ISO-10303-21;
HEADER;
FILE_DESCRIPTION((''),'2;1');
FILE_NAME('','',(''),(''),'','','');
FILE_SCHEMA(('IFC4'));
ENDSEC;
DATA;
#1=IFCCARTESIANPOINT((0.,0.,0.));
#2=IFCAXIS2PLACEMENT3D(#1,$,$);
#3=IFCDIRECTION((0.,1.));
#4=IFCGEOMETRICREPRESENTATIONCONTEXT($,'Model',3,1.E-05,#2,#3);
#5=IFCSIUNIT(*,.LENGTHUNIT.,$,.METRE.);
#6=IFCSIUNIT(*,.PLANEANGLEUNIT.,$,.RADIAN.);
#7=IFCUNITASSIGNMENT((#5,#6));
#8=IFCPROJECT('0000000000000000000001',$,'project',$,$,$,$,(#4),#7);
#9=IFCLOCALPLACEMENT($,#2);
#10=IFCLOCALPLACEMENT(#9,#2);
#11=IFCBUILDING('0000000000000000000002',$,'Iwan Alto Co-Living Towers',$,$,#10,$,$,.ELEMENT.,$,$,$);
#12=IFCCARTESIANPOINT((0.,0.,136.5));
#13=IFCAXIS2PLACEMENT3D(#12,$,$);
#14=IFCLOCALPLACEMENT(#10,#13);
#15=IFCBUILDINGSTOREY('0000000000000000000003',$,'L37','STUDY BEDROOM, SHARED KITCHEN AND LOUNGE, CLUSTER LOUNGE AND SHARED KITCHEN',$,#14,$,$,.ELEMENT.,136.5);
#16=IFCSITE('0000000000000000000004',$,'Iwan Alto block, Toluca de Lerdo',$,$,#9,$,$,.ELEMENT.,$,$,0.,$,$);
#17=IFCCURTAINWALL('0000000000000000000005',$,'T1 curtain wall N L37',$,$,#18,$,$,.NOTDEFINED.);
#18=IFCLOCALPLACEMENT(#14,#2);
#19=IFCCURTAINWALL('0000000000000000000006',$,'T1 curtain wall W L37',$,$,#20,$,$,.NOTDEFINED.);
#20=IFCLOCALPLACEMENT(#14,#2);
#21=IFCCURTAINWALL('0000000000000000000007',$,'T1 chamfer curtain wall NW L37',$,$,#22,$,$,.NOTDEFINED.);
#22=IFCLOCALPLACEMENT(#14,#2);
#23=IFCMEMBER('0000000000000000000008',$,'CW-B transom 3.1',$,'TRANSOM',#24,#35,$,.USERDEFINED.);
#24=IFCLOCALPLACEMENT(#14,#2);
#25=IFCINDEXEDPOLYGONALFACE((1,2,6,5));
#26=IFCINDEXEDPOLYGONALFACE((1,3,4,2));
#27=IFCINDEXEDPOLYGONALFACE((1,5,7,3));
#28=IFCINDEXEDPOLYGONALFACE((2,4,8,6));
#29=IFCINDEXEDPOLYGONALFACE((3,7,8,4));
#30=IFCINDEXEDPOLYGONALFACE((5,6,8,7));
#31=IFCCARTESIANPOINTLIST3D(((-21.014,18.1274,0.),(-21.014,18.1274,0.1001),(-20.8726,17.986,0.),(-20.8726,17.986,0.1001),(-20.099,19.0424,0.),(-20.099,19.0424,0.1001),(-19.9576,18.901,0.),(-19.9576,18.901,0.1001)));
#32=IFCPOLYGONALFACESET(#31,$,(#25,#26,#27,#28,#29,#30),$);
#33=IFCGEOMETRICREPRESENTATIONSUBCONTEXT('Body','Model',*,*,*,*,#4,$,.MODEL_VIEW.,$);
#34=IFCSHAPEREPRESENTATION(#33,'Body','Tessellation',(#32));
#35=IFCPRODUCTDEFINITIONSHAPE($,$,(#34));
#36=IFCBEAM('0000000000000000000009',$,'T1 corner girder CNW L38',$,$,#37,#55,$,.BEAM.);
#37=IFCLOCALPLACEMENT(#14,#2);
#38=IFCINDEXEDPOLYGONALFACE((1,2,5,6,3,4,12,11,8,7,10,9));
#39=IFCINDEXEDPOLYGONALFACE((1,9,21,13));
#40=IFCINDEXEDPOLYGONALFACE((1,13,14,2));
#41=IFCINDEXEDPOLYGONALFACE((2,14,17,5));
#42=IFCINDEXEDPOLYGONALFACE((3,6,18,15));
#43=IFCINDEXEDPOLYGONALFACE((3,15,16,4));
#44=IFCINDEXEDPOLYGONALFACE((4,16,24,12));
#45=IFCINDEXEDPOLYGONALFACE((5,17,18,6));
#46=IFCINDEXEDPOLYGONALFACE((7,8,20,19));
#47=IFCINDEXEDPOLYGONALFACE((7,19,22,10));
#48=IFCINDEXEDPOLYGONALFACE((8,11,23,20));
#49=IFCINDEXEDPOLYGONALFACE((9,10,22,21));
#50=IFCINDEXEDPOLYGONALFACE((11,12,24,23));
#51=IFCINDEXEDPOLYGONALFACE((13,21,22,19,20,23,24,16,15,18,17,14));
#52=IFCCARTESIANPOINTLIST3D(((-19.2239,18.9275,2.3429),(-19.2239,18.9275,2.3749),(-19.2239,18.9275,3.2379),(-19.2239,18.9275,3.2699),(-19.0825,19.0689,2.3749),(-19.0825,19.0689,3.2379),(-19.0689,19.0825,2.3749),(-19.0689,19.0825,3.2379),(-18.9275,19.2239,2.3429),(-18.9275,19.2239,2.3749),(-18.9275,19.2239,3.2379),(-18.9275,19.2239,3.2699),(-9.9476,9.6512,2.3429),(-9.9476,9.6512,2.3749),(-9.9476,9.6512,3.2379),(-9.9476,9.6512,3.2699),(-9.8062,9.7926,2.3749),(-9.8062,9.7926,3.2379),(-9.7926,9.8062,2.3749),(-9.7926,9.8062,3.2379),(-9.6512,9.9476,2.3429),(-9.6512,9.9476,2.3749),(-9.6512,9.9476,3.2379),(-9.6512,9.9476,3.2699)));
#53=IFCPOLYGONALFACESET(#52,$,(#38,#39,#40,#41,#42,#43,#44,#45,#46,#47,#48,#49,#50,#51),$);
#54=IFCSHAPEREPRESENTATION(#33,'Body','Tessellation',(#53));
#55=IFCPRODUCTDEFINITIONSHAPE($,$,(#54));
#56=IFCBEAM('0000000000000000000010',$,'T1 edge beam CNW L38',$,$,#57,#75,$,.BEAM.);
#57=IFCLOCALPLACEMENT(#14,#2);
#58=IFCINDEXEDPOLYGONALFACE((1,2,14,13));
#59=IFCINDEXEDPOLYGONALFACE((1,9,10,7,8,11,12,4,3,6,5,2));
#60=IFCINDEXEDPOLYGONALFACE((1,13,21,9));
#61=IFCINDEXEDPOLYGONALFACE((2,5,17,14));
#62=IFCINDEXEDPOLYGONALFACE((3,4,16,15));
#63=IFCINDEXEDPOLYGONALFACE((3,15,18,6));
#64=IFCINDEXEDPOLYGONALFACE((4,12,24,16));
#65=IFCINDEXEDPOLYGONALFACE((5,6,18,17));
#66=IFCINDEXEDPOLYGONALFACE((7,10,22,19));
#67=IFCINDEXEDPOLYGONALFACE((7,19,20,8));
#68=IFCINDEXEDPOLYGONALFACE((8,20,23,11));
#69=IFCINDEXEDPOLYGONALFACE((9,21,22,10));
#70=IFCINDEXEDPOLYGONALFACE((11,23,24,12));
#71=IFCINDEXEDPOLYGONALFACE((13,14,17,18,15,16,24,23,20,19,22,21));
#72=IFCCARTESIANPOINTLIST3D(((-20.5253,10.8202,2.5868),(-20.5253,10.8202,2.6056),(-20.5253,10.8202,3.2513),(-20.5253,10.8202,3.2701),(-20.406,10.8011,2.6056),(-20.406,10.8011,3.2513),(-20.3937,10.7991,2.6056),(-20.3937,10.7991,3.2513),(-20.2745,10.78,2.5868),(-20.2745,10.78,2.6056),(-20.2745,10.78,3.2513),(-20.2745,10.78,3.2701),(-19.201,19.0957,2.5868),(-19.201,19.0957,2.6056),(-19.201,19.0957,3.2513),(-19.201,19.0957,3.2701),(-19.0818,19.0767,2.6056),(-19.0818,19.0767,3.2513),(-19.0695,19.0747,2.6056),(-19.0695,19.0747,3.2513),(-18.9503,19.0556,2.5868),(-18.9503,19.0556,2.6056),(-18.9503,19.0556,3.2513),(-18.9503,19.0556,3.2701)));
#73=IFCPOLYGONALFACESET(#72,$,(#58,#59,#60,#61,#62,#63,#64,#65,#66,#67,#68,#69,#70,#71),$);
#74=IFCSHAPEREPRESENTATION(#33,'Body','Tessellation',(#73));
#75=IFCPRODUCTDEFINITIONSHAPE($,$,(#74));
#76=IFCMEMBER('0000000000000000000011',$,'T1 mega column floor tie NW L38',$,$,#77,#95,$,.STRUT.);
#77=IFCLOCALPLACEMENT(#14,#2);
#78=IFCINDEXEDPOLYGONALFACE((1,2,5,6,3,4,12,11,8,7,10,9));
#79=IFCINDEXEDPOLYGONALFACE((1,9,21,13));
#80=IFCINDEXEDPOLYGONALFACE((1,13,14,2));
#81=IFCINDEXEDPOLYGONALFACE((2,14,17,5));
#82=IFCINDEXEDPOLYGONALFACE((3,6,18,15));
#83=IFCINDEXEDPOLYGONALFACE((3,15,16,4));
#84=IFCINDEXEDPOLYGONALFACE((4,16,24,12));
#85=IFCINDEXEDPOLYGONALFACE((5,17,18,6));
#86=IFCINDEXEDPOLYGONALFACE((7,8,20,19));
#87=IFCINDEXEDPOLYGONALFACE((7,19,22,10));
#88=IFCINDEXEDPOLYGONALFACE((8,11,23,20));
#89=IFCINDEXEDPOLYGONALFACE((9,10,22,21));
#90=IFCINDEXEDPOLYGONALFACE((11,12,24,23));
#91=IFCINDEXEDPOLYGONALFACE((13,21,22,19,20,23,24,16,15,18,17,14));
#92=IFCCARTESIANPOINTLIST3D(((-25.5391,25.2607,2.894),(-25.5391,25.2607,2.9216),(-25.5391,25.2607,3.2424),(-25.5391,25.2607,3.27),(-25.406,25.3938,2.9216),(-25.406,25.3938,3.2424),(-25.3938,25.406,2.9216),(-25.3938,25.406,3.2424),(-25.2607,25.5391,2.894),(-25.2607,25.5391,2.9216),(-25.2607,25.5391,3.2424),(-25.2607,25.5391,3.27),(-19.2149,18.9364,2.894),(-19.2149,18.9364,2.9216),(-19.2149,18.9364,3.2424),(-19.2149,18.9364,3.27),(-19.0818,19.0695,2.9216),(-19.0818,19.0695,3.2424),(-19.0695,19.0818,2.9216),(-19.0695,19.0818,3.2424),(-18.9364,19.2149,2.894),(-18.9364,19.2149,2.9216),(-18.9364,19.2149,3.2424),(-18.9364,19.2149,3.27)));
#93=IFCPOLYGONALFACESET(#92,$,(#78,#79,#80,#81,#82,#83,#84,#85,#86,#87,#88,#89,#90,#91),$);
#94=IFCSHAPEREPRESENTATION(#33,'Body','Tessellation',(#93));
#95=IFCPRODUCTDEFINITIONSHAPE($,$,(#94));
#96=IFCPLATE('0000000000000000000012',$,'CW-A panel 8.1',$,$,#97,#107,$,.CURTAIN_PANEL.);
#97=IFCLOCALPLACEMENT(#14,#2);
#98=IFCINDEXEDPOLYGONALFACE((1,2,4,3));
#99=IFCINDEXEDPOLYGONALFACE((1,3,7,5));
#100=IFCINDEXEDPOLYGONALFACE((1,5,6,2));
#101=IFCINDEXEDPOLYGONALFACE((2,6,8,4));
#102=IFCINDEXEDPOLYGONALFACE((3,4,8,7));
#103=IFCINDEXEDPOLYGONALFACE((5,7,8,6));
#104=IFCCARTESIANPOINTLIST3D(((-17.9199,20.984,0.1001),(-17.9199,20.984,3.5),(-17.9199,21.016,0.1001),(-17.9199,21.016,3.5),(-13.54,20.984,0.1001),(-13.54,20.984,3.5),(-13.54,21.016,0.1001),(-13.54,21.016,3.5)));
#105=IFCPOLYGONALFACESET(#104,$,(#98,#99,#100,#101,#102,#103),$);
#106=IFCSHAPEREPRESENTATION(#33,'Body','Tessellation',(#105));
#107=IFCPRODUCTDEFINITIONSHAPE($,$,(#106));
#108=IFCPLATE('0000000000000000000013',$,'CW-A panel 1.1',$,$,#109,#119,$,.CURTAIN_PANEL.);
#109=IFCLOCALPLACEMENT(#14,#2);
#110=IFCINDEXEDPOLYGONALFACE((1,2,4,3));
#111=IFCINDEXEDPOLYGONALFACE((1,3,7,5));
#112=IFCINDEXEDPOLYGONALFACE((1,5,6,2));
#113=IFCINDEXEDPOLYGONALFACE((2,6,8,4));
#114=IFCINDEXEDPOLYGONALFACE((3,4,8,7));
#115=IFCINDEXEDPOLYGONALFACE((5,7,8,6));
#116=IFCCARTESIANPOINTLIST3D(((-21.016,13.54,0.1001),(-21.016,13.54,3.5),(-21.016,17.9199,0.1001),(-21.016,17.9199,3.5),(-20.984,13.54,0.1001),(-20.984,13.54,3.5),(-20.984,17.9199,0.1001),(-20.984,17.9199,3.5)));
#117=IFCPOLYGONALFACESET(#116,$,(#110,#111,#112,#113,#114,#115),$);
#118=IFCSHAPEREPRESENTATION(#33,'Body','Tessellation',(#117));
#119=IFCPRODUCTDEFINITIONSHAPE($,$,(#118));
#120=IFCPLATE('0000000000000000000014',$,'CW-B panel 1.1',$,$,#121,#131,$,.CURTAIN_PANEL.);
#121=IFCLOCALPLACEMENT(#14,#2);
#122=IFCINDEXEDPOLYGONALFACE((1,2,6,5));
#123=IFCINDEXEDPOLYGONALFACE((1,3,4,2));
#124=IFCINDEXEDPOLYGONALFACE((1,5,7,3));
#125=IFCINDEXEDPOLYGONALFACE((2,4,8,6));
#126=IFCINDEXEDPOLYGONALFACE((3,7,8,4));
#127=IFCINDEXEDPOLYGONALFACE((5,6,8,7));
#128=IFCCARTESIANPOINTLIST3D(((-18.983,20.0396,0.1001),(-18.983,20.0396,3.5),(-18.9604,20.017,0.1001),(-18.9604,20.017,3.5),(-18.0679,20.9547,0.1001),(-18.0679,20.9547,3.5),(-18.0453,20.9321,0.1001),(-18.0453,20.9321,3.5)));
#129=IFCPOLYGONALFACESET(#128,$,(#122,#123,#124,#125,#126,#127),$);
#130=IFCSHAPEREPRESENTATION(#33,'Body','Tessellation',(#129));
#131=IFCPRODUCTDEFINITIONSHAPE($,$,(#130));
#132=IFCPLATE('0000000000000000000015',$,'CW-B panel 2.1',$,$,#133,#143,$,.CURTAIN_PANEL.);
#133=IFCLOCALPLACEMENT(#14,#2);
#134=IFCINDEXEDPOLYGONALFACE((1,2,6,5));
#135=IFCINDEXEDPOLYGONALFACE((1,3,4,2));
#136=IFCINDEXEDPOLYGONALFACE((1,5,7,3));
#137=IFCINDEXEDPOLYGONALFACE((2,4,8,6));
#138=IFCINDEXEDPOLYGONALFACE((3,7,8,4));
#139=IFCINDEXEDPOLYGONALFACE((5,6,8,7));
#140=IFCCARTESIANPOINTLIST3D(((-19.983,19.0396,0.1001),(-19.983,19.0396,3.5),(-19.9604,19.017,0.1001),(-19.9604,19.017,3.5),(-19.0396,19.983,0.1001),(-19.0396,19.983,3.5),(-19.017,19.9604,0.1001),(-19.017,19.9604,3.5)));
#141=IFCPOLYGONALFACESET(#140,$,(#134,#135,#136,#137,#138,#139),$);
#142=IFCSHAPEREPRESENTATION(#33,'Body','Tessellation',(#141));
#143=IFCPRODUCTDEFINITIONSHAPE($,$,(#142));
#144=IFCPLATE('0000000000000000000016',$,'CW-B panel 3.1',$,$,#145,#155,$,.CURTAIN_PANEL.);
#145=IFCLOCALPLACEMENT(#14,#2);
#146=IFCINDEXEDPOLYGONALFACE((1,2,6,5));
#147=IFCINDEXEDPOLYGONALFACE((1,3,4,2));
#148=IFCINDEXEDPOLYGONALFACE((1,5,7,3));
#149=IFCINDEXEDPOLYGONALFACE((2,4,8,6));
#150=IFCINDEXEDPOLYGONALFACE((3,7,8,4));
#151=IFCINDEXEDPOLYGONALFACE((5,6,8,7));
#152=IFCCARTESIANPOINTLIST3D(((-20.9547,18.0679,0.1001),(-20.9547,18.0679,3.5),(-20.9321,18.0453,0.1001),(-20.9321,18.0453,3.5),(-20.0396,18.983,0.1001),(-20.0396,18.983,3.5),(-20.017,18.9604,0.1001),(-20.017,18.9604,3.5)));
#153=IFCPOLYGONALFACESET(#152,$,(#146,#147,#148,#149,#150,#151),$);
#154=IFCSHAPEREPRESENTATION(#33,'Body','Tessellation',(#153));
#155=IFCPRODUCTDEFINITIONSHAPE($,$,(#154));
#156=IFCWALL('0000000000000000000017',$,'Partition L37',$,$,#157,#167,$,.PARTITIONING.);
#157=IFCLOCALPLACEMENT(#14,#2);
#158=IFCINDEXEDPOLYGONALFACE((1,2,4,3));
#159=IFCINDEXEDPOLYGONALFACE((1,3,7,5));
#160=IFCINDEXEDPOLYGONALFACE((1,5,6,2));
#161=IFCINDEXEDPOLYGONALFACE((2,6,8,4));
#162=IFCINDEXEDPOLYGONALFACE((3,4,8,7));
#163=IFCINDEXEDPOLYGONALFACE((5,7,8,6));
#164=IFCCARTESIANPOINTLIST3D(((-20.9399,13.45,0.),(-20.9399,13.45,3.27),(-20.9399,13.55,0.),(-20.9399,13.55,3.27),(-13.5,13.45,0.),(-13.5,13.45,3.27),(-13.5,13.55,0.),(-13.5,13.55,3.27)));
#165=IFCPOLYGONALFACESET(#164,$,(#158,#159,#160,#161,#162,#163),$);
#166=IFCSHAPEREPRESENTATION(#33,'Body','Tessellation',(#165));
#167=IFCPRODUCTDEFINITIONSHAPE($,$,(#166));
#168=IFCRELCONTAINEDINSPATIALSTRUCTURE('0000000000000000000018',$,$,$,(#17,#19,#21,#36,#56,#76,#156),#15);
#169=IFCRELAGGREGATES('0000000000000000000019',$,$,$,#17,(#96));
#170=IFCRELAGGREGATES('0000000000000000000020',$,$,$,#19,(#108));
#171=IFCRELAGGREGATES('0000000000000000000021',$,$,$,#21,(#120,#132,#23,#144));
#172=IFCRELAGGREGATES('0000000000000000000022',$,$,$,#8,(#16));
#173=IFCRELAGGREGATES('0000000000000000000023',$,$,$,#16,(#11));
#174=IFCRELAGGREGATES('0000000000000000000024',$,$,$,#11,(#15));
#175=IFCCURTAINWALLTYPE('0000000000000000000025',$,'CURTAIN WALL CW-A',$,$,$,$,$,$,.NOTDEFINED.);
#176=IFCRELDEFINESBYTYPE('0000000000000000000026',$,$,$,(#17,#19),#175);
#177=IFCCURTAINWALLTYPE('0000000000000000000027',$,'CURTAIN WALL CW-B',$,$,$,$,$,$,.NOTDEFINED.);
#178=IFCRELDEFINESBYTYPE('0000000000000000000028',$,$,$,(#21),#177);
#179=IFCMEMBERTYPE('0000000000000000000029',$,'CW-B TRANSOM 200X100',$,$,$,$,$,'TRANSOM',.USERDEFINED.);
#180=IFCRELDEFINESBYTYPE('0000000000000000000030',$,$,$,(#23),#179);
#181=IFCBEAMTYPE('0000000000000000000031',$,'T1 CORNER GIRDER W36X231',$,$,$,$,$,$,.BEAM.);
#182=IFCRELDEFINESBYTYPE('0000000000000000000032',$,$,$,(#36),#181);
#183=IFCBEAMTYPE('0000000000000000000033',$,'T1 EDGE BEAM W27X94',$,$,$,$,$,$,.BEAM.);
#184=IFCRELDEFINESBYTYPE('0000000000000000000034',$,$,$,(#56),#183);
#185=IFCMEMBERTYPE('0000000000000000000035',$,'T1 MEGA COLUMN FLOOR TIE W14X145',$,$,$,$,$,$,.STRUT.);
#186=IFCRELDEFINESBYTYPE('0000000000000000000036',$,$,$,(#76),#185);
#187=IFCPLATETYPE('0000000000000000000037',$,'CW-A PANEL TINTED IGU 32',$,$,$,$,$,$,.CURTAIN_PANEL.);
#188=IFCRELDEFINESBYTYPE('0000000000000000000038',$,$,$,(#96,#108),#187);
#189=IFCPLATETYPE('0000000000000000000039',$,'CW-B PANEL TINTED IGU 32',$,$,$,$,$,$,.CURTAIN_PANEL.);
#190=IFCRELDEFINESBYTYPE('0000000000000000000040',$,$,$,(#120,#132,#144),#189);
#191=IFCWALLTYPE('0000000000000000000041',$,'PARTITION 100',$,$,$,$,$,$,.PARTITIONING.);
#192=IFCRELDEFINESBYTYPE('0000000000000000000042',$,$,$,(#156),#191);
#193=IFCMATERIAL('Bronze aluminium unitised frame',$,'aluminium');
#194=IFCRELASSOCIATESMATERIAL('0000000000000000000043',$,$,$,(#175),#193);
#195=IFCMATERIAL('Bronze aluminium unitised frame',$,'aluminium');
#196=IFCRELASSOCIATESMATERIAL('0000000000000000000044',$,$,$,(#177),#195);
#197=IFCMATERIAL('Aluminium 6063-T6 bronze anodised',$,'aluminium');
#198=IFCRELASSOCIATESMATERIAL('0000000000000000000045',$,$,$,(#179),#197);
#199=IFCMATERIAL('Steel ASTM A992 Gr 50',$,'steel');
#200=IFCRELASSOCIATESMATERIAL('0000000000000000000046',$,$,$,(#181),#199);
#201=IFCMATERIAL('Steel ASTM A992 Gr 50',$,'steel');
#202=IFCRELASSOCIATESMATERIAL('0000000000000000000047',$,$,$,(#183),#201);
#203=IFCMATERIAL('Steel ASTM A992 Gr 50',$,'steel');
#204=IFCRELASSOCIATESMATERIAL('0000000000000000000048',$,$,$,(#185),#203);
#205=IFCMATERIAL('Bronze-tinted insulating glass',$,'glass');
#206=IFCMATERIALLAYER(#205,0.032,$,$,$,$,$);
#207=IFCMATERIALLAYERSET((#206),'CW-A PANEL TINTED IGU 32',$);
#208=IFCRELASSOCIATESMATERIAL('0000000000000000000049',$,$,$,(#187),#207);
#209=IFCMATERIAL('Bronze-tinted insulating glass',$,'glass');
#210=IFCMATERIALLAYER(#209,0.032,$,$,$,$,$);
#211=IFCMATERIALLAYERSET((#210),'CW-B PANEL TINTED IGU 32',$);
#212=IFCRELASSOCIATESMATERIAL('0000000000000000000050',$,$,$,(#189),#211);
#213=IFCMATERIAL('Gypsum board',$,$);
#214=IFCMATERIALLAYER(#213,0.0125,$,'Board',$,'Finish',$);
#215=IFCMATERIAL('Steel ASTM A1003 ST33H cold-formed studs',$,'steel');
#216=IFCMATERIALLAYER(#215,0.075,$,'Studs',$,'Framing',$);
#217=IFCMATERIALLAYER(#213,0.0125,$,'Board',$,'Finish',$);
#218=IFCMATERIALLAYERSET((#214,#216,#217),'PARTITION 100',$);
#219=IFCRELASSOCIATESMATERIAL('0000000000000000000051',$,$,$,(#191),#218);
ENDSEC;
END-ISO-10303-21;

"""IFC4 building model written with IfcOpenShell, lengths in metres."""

from ifc_helpers import new_model, si_unit, direction, frame, frame_2d, origin, origin_2d, place, context, subcontext, project, spatial, rectangle, i_section, extrude, material, layer, layer_set, material_profile, profile_set, type_object, element, aggregate, save


model = new_model("IFC4")

# Units and contexts
model_context = context("Model", 3, precision=1e-05, world=origin(), true_north=direction((0.0, 1.0)))
body_context = subcontext(model_context, "Body", "Model", "MODEL_VIEW")
ifc_project = project(units=[si_unit("LENGTHUNIT", "METRE"), si_unit("PLANEANGLEUNIT", "RADIAN")], contexts=[model_context])

# Site, building, storey
site_placement = place(None, origin())
site = spatial("IfcSite", under=ifc_project, at=site_placement, Name="Iwan Alto block, Toluca de Lerdo", CompositionType="ELEMENT", RefElevation=0.0)
building_placement = place(site_placement, origin())
building = spatial("IfcBuilding", under=site, at=building_placement, Name="Iwan Alto Co-Living Towers", CompositionType="ELEMENT")
storey_placement = place(building_placement, frame((0.0, 0.0, 136.5)))
storey = spatial("IfcBuildingStorey", under=building, at=storey_placement, Name="L37", Description="STUDY BEDROOM, SHARED KITCHEN AND LOUNGE, CLUSTER LOUNGE AND SHARED KITCHEN", CompositionType="ELEMENT", Elevation=136.5)

# Curtain walls
ifc_material_1 = material(Name="Bronze aluminium unitised frame", Category="aluminium")
curtain_wall_type_1 = type_object("IfcCurtainWallType", Name="CURTAIN WALL CW-A", PredefinedType="NOTDEFINED", material=ifc_material_1)
curtain_wall_1_placement = place(storey_placement, origin())
curtain_wall_1 = element("IfcCurtainWall", 1, at=curtain_wall_1_placement, inside=storey, type_object=curtain_wall_type_1, Name="T1 curtain wall N L37", PredefinedType="NOTDEFINED")
curtain_wall_2_placement = place(storey_placement, origin())
curtain_wall_2 = element("IfcCurtainWall", 2, at=curtain_wall_2_placement, inside=storey, type_object=curtain_wall_type_1, Name="T1 curtain wall W L37", PredefinedType="NOTDEFINED")

# Curtain wall, member
ifc_material_2 = material(Name="Bronze aluminium unitised frame", Category="aluminium")
curtain_wall_type_2 = type_object("IfcCurtainWallType", Name="CURTAIN WALL CW-B", PredefinedType="NOTDEFINED", material=ifc_material_2)
curtain_wall_3_placement = place(storey_placement, origin())
curtain_wall_3 = element("IfcCurtainWall", 3, at=curtain_wall_3_placement, inside=storey, type_object=curtain_wall_type_2, Name="T1 chamfer curtain wall NW L37", PredefinedType="NOTDEFINED")
ifc_material_3 = material(Name="Aluminium 6063-T6 bronze anodised", Category="aluminium")
ifc_material_profile_1 = material_profile(ifc_material_3, rectangle(XDim=0.2, YDim=0.1001, at=origin_2d()), Name="AL 200X100")
ifc_profile_set_1 = profile_set([ifc_material_profile_1], Name="Aluminium 6063-T6 bronze anodised")
member_type_1 = type_object("IfcMemberType", Name="CW-B TRANSOM 200X100", ElementType="TRANSOM", PredefinedType="USERDEFINED", material=ifc_profile_set_1)
member_1_placement = place(storey_placement, frame((-20.0283, 18.9717, 0.05), z_axis=(-0.707107, -0.707107, 0.0), x_axis=(0.707107, -0.707107, 0.0)))
member_1 = element("IfcMember", 4, at=member_1_placement, type_object=member_type_1, Name="CW-B transom 3.1", ObjectType="TRANSOM", PredefinedType="USERDEFINED", context=body_context, shape_type="SweptSolid", body=[
    extrude(rectangle(XDim=0.2, YDim=0.1001, at=origin_2d()), origin(), (0.0, 0.0, 1.0), 1.2939),
])

# Beams
ifc_material_4 = material(Name="Steel ASTM A992 Gr 50", Category="steel")
ifc_material_profile_2 = material_profile(ifc_material_4, i_section(OverallWidth=0.4192, OverallDepth=0.927, WebThickness=0.0193, FlangeThickness=0.032, at=origin_2d()), Name="W36X231")
ifc_profile_set_2 = profile_set([ifc_material_profile_2], Name="Steel ASTM A992 Gr 50")
beam_type_1 = type_object("IfcBeamType", Name="T1 CORNER GIRDER W36X231", PredefinedType="BEAM", material=ifc_profile_set_2)
beam_1_placement = place(storey_placement, frame((-19.0757, 19.0757, 2.8064), z_axis=(0.707107, -0.707107, 0.0), x_axis=(0.707107, 0.707107, 0.0)))
element("IfcBeam", 5, at=beam_1_placement, inside=storey, type_object=beam_type_1, Name="T1 corner girder CNW L38", PredefinedType="BEAM", context=body_context, shape_type="SweptSolid", body=[
    extrude(i_section(OverallWidth=0.4192, OverallDepth=0.927, WebThickness=0.0193, FlangeThickness=0.032, at=origin_2d()), origin(), (0.0, 0.0, 1.0), 13.1187),
])
ifc_material_5 = material(Name="Steel ASTM A992 Gr 50", Category="steel")
ifc_material_profile_3 = material_profile(ifc_material_5, i_section(OverallWidth=0.2539, OverallDepth=0.6833, WebThickness=0.0125, FlangeThickness=0.0188, at=origin_2d()), Name="W27X94")
ifc_profile_set_3 = profile_set([ifc_material_profile_3], Name="Steel ASTM A992 Gr 50")
beam_type_2 = type_object("IfcBeamType", Name="T1 EDGE BEAM W27X94", PredefinedType="BEAM", material=ifc_profile_set_3)
beam_2_placement = place(storey_placement, frame((-19.0757, 19.0757, 2.9285), z_axis=(-0.158004, -0.987438, 0.0), x_axis=(0.987438, -0.158004, 0.0)))
element("IfcBeam", 6, at=beam_2_placement, inside=storey, type_object=beam_type_2, Name="T1 edge beam CNW L38", PredefinedType="BEAM", context=body_context, shape_type="SweptSolid", body=[
    extrude(i_section(OverallWidth=0.2539, OverallDepth=0.6833, WebThickness=0.0125, FlangeThickness=0.0188, at=origin_2d()), origin(), (0.0, 0.0, 1.0), 8.3809),
])

# Member
ifc_material_6 = material(Name="Steel ASTM A992 Gr 50", Category="steel")
ifc_material_profile_4 = material_profile(ifc_material_6, i_section(OverallWidth=0.3938, OverallDepth=0.376, WebThickness=0.0173, FlangeThickness=0.0276, at=origin_2d()), Name="W14X145")
ifc_profile_set_4 = profile_set([ifc_material_profile_4], Name="Steel ASTM A992 Gr 50")
member_type_2 = type_object("IfcMemberType", Name="T1 MEGA COLUMN FLOOR TIE W14X145", PredefinedType="STRUT", material=ifc_profile_set_4)
member_2_placement = place(storey_placement, frame((-25.3999, 25.3999, 3.082), z_axis=(0.707107, -0.707107, 0.0), x_axis=(0.707107, 0.707107, 0.0)))
element("IfcMember", 7, at=member_2_placement, inside=storey, type_object=member_type_2, Name="T1 mega column floor tie NW L38", PredefinedType="STRUT", context=body_context, shape_type="SweptSolid", body=[
    extrude(i_section(OverallWidth=0.3938, OverallDepth=0.376, WebThickness=0.0173, FlangeThickness=0.0276, at=origin_2d()), origin(), (0.0, 0.0, 1.0), 8.9438),
])

# Plates
ifc_material_7 = material(Name="Bronze-tinted insulating glass", Category="glass")
ifc_layer_1 = layer(ifc_material_7, 0.032)
ifc_layer_set_1 = layer_set([ifc_layer_1], Name="CW-A PANEL TINTED IGU 32")
plate_type_1 = type_object("IfcPlateType", Name="CW-A PANEL TINTED IGU 32", PredefinedType="CURTAIN_PANEL", material=ifc_layer_set_1)
plate_1_placement = place(storey_placement, frame((-15.73, 21.0, 0.1001), z_axis=(0.0, 0.0, 1.0), x_axis=(-1.0, 0.0, 0.0)))
plate_1 = element("IfcPlate", 8, at=plate_1_placement, type_object=plate_type_1, Name="CW-A panel 8.1", PredefinedType="CURTAIN_PANEL", context=body_context, shape_type="SweptSolid", body=[
    extrude(rectangle(XDim=4.3799, YDim=0.032, at=origin_2d()), origin(), (0.0, 0.0, 1.0), 3.3999),
])
aggregate(curtain_wall_1, [plate_1])
plate_2_placement = place(storey_placement, frame((-21.0, 15.73, 0.1001), z_axis=(0.0, 0.0, 1.0), x_axis=(0.0, -1.0, 0.0)))
plate_2 = element("IfcPlate", 9, at=plate_2_placement, type_object=plate_type_1, Name="CW-A panel 1.1", PredefinedType="CURTAIN_PANEL", context=body_context, shape_type="SweptSolid", body=[
    extrude(rectangle(XDim=4.3799, YDim=0.032, at=origin_2d()), origin(), (0.0, 0.0, 1.0), 3.3999),
])
aggregate(curtain_wall_2, [plate_2])
ifc_material_8 = material(Name="Bronze-tinted insulating glass", Category="glass")
ifc_layer_2 = layer(ifc_material_8, 0.032)
ifc_layer_set_2 = layer_set([ifc_layer_2], Name="CW-B PANEL TINTED IGU 32")
plate_type_2 = type_object("IfcPlateType", Name="CW-B PANEL TINTED IGU 32", PredefinedType="CURTAIN_PANEL", material=ifc_layer_set_2)
plate_3_placement = place(storey_placement, frame((-18.5142, 20.4858, 0.1001), z_axis=(0.0, 0.0, 1.0), x_axis=(-0.707107, -0.707107, 0.0)))
plate_3 = element("IfcPlate", 10, at=plate_3_placement, type_object=plate_type_2, Name="CW-B panel 1.1", PredefinedType="CURTAIN_PANEL", context=body_context, shape_type="SweptSolid", body=[
    extrude(rectangle(XDim=1.2942, YDim=0.032, at=origin_2d()), origin(), (0.0, 0.0, 1.0), 3.3999),
])
plate_4_placement = place(storey_placement, frame((-19.5, 19.5, 0.1001), z_axis=(0.0, 0.0, 1.0), x_axis=(-0.707107, -0.707107, 0.0)))
plate_4 = element("IfcPlate", 11, at=plate_4_placement, type_object=plate_type_2, Name="CW-B panel 2.1", PredefinedType="CURTAIN_PANEL", context=body_context, shape_type="SweptSolid", body=[
    extrude(rectangle(XDim=1.3342, YDim=0.032, at=origin_2d()), origin(), (0.0, 0.0, 1.0), 3.3999),
])
plate_5_placement = place(storey_placement, frame((-20.4858, 18.5142, 0.1001), z_axis=(0.0, 0.0, 1.0), x_axis=(-0.707107, -0.707107, 0.0)))
plate_5 = element("IfcPlate", 12, at=plate_5_placement, type_object=plate_type_2, Name="CW-B panel 3.1", PredefinedType="CURTAIN_PANEL", context=body_context, shape_type="SweptSolid", body=[
    extrude(rectangle(XDim=1.2942, YDim=0.032, at=origin_2d()), origin(), (0.0, 0.0, 1.0), 3.3999),
])
aggregate(curtain_wall_3, [plate_3, plate_4, member_1, plate_5])

# Wall
ifc_material_9 = material(Name="Gypsum board")
ifc_layer_3 = layer(ifc_material_9, 0.0125, Name="Board", Category="Finish")
ifc_material_10 = material(Name="Steel ASTM A1003 ST33H cold-formed studs", Category="steel")
ifc_layer_4 = layer(ifc_material_10, 0.075, Name="Studs", Category="Framing")
ifc_layer_5 = layer(ifc_material_9, 0.0125, Name="Board", Category="Finish")
ifc_layer_set_3 = layer_set([ifc_layer_3, ifc_layer_4, ifc_layer_5], Name="PARTITION 100")
wall_type = type_object("IfcWallType", Name="PARTITION 100", PredefinedType="PARTITIONING", material=ifc_layer_set_3)
wall_placement = place(storey_placement, frame((-20.9399, 13.5, 0.0), z_axis=(0.0, 0.0, 1.0), x_axis=(1.0, 0.0, 0.0)))
element("IfcWall", 13, at=wall_placement, inside=storey, type_object=wall_type, Name="Partition L37", PredefinedType="PARTITIONING", context=body_context, shape_type="SweptSolid", body=[
    extrude(rectangle(XDim=7.4399, YDim=0.1001, at=frame_2d((3.72, 0.0))), origin(), (0.0, 0.0, 1.0), 3.27),
])

save(model, "model.ifc")
